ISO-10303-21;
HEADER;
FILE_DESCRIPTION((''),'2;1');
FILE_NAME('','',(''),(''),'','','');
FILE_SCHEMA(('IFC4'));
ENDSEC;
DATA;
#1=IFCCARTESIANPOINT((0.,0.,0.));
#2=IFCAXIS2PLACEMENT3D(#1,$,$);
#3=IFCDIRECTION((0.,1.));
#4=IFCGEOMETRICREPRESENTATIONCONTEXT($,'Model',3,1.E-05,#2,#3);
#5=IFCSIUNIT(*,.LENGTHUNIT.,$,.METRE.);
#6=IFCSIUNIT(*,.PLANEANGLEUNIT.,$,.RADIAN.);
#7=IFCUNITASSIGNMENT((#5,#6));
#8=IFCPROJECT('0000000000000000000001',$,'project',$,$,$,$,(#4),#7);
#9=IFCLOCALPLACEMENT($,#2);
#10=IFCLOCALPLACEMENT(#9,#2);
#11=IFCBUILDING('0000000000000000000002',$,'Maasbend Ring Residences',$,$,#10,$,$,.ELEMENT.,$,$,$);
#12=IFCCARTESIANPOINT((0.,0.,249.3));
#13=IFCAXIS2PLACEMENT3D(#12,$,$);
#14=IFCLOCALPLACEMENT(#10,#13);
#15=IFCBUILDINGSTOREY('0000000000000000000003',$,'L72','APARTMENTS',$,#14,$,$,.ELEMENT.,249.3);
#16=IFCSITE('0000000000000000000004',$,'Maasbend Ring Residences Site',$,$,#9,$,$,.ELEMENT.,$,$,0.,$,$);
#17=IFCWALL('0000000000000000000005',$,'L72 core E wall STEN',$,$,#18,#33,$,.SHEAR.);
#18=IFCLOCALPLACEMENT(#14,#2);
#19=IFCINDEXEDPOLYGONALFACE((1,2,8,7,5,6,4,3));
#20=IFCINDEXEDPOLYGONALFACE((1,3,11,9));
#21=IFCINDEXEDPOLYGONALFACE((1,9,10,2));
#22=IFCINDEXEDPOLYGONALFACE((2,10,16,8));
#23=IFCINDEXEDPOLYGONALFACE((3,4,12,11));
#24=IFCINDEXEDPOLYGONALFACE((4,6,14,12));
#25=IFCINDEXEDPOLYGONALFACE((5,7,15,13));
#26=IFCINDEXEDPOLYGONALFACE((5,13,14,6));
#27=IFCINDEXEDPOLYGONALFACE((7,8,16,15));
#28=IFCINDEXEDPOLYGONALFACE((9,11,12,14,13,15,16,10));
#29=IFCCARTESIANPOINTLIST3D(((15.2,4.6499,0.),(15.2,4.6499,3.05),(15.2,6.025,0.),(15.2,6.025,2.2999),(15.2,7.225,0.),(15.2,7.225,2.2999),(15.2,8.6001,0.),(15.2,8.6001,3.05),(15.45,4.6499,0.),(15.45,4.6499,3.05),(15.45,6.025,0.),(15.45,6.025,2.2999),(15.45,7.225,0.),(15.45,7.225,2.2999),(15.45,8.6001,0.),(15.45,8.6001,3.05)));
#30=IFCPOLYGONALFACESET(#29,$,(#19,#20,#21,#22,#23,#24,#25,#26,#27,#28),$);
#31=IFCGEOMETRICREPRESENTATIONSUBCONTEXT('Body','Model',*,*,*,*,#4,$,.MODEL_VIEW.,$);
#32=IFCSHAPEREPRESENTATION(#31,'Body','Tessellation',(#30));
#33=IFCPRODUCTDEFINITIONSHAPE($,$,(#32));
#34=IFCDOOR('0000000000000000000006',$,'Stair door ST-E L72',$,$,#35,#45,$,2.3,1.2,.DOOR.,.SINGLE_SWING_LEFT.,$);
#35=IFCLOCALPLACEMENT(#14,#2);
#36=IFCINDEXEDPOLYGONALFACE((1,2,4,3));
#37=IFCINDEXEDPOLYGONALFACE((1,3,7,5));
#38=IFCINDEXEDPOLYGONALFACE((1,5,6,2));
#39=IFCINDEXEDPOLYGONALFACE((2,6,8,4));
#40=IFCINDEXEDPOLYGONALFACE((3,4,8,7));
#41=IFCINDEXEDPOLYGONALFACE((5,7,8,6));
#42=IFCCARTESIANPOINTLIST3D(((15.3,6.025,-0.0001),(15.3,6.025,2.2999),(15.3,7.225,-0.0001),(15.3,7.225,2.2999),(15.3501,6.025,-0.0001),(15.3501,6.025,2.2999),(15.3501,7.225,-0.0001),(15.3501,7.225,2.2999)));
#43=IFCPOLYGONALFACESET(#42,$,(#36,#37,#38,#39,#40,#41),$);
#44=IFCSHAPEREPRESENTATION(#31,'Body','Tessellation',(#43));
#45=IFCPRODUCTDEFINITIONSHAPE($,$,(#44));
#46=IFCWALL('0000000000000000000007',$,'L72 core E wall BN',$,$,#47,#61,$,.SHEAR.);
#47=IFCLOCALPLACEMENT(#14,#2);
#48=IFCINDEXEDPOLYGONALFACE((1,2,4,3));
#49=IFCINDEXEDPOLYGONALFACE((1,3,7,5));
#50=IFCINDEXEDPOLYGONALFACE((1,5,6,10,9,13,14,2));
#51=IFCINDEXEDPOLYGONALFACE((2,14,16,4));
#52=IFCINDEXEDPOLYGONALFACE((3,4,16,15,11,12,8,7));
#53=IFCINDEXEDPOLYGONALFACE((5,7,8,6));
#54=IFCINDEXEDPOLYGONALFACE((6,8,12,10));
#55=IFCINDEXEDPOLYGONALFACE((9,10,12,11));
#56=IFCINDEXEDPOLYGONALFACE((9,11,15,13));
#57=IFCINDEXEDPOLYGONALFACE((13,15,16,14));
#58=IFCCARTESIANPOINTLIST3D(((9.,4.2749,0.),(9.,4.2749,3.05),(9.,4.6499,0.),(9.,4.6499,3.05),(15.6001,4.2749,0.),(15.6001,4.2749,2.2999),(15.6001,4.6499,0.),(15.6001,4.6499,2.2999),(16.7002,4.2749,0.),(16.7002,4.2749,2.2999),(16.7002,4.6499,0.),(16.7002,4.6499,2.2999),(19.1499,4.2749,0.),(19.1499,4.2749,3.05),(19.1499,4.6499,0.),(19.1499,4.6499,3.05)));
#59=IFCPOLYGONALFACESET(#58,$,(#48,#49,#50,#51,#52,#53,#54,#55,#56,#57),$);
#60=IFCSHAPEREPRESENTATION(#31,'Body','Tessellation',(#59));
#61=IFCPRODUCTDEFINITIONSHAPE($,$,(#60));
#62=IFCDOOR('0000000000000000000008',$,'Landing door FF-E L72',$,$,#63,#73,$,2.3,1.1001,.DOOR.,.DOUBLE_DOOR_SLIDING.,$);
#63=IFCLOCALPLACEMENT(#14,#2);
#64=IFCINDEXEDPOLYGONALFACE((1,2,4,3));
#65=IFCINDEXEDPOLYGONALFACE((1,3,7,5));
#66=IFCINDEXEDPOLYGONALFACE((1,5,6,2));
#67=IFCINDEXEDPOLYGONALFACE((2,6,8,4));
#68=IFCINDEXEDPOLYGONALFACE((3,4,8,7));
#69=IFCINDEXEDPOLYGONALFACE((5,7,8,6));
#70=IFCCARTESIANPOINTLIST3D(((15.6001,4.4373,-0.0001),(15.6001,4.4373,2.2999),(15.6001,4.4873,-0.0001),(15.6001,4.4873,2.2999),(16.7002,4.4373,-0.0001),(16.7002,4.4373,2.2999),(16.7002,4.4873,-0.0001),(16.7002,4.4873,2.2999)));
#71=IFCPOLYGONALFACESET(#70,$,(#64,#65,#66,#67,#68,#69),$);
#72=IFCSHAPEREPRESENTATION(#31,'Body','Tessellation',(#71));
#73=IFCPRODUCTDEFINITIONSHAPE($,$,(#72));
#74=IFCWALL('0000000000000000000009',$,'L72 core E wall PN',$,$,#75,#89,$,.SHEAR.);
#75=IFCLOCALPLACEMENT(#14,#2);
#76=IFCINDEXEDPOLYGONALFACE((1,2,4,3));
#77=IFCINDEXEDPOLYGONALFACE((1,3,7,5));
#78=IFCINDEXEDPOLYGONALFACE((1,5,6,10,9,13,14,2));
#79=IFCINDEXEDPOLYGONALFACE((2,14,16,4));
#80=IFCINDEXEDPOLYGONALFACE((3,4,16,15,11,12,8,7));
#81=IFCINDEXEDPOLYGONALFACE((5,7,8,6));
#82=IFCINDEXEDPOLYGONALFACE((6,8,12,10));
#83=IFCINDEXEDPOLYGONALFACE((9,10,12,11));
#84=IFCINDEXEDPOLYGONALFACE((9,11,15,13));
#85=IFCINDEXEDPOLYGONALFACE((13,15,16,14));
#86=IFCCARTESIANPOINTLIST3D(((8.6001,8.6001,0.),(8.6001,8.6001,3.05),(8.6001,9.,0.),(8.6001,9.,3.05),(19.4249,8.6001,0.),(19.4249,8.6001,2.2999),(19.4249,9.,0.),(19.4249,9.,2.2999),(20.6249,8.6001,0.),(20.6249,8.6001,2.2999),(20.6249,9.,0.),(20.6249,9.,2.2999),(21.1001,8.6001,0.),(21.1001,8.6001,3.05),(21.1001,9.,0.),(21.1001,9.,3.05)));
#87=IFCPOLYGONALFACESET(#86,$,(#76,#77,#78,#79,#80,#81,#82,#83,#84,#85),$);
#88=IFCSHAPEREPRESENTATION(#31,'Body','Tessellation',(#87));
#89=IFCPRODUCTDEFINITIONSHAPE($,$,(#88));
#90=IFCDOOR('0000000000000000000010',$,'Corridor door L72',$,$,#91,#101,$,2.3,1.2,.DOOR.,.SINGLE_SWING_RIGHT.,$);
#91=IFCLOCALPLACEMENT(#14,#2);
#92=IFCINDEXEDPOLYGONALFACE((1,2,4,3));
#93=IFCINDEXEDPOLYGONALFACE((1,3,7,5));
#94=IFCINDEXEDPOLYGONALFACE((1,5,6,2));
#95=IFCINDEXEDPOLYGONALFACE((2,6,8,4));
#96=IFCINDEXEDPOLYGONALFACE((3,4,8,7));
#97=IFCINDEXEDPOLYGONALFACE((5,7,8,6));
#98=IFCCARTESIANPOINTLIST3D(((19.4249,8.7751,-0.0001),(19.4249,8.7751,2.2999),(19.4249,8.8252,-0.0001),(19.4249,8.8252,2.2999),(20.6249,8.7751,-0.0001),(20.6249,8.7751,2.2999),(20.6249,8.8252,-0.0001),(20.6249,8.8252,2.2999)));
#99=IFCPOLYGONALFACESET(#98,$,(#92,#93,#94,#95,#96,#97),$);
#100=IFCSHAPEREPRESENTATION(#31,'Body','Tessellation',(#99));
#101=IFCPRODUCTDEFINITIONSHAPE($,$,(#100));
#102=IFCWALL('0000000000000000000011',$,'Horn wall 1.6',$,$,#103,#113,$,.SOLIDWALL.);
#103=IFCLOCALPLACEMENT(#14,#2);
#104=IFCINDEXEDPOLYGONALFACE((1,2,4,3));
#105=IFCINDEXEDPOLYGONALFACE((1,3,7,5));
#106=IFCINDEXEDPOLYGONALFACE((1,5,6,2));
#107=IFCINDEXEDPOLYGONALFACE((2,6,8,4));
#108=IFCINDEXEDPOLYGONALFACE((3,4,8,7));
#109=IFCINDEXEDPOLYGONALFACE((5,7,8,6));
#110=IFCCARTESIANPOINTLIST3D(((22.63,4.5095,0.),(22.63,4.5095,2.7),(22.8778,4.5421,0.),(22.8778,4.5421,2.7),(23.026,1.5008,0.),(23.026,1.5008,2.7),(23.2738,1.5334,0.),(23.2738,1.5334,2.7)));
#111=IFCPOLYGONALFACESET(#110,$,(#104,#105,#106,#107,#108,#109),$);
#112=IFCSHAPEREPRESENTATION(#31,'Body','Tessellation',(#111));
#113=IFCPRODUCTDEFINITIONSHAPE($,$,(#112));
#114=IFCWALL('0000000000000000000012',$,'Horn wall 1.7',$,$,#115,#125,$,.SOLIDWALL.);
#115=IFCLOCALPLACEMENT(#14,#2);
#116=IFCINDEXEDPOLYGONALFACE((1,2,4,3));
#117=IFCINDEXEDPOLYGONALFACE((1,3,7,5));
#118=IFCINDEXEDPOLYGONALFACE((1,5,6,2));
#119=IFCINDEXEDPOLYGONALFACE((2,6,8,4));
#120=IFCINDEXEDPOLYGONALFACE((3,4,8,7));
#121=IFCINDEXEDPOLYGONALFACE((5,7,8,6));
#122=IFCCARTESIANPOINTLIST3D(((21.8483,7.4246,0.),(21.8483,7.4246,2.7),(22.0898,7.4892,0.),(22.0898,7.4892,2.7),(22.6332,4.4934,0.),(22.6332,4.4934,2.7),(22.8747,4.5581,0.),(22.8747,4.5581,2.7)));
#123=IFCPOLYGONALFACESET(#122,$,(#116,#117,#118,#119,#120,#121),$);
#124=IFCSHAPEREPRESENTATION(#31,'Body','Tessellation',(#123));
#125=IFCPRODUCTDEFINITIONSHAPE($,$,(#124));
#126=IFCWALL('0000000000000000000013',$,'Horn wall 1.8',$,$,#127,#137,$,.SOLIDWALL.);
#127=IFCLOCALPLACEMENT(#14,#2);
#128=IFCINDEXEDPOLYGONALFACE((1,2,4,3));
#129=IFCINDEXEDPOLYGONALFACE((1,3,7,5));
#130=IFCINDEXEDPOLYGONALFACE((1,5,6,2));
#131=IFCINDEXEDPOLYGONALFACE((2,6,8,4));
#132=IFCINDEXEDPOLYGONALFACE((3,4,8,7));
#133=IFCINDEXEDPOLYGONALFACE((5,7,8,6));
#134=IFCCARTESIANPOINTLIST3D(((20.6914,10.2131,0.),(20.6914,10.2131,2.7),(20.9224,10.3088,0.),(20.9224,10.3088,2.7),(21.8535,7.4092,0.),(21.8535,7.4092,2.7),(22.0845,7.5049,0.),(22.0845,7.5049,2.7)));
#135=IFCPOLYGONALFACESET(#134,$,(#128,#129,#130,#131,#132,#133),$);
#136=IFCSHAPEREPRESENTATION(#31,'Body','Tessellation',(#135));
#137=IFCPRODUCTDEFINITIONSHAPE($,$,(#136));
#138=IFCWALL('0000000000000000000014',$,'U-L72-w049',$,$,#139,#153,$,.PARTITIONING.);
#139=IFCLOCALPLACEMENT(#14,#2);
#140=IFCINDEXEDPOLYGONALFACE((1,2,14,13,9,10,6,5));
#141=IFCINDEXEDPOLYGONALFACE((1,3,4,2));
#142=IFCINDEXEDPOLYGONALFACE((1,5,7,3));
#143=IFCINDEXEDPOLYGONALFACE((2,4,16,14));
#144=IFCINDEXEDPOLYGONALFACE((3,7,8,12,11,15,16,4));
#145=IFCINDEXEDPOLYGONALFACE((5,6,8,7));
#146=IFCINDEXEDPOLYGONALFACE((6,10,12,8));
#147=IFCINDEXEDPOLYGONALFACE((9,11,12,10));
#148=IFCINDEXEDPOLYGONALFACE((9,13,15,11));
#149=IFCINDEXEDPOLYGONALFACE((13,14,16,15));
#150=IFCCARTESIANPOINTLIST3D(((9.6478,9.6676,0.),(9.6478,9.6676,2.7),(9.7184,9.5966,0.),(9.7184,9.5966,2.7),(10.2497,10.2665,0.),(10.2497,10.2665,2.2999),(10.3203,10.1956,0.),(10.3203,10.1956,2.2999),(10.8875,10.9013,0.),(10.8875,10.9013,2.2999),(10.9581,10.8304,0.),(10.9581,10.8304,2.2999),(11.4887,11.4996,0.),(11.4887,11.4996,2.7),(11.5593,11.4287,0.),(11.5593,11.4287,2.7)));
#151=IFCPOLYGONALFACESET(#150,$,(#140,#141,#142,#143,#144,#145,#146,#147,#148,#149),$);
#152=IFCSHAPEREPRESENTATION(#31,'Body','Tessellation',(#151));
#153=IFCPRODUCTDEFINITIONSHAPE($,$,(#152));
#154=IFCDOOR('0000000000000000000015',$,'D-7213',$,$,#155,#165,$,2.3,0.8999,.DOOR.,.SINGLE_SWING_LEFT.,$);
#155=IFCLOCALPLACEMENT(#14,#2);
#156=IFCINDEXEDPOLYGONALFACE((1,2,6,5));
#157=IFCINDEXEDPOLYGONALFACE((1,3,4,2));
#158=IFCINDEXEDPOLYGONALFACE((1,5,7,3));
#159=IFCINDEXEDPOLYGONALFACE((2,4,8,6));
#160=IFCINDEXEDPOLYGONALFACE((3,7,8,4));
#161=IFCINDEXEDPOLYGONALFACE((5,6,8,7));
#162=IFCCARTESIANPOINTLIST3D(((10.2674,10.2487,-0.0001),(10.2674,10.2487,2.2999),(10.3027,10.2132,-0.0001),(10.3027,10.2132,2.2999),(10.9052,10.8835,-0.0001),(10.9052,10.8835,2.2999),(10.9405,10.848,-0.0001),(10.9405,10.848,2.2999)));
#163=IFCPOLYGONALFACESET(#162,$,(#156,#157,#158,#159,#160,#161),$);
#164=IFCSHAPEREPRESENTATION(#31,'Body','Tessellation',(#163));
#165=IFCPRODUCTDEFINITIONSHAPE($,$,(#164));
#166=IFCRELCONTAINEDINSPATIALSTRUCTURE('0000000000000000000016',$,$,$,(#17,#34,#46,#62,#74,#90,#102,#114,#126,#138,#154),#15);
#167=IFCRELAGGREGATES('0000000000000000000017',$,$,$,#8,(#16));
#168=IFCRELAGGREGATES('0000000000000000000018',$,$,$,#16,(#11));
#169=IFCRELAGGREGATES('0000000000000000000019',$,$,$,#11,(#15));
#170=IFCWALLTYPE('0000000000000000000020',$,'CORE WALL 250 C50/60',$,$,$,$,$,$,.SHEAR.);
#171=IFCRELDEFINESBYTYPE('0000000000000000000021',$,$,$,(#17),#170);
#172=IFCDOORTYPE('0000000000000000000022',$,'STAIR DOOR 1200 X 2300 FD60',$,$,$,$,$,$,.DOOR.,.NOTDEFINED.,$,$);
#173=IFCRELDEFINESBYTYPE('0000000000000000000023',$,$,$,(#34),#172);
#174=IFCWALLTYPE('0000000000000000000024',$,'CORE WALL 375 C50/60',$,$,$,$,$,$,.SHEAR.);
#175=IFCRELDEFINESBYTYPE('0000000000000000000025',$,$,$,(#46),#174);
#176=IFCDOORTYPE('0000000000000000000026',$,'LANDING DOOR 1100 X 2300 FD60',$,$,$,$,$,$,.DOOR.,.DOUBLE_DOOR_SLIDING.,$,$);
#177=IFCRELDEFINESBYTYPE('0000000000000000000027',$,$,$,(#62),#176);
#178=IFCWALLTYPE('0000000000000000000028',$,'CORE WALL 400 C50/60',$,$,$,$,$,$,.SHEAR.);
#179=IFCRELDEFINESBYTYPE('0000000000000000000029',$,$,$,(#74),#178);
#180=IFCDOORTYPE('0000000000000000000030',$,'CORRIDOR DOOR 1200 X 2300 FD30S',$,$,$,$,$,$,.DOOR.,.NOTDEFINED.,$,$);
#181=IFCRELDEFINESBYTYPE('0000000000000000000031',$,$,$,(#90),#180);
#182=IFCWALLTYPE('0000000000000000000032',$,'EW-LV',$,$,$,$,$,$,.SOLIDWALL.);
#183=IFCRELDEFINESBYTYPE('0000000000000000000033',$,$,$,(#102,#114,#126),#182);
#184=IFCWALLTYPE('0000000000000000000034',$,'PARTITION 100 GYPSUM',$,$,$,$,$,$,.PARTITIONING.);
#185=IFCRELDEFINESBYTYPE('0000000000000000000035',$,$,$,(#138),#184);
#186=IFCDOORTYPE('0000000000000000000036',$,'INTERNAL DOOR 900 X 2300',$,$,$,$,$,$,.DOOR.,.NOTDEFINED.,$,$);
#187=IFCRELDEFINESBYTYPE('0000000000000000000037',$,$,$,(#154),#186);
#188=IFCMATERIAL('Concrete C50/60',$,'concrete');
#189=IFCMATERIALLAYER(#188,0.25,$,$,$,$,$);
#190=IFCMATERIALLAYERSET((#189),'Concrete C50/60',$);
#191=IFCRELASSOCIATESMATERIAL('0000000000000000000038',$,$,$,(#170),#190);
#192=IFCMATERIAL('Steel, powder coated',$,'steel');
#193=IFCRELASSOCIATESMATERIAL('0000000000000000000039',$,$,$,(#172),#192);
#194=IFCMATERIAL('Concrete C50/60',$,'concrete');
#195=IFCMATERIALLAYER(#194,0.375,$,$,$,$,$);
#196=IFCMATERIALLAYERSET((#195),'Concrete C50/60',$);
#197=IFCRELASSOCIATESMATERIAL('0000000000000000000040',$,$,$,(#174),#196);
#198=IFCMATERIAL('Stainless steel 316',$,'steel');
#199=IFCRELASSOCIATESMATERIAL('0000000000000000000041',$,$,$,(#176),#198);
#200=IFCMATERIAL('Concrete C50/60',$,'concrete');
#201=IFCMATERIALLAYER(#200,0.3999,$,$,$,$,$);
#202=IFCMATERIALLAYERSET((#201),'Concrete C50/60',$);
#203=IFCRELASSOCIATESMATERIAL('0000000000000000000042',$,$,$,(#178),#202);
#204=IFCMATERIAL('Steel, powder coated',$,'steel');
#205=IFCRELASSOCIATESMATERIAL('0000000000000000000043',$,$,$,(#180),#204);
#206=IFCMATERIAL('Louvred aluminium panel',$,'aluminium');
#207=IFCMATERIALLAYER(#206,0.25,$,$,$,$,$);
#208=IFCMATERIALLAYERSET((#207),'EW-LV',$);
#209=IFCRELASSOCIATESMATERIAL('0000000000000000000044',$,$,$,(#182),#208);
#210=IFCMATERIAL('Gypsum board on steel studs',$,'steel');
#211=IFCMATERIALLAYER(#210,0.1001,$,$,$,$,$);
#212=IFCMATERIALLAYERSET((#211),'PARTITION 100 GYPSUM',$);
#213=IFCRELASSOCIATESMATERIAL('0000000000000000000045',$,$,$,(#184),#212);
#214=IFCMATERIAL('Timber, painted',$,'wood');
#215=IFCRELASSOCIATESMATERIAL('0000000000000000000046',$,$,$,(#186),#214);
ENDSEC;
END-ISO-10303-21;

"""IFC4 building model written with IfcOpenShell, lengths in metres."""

from ifc_helpers import new_model, si_unit, direction, frame, frame_2d, origin, place, context, subcontext, project, spatial, rectangle, extrude, material, layer, layer_set, type_object, element, fill, save


model = new_model("IFC4")

# Units and contexts
model_context = context("Model", 3, precision=1e-05, world=origin(), true_north=direction((0.0, 1.0)))
body_context = subcontext(model_context, "Body", "Model", "MODEL_VIEW")
ifc_project = project(units=[si_unit("LENGTHUNIT", "METRE"), si_unit("PLANEANGLEUNIT", "RADIAN")], contexts=[model_context])

# Site, building, storey
site_placement = place(None, origin())
site = spatial("IfcSite", under=ifc_project, at=site_placement, Name="Maasbend Ring Residences Site", CompositionType="ELEMENT", RefElevation=0.0)
building_placement = place(site_placement, origin())
building = spatial("IfcBuilding", under=site, at=building_placement, Name="Maasbend Ring Residences", CompositionType="ELEMENT")
storey_placement = place(building_placement, frame((0.0, 0.0, 249.3)))
storey = spatial("IfcBuildingStorey", under=building, at=storey_placement, Name="L72", Description="APARTMENTS", CompositionType="ELEMENT", Elevation=249.3)

# Shared definitions
ifc_material_1 = material(Name="Concrete C50/60", Category="concrete")
ifc_layer_1 = layer(ifc_material_1, 0.25)
ifc_layer_set_1 = layer_set([ifc_layer_1], Name="Concrete C50/60")
wall_type_1 = type_object("IfcWallType", Name="CORE WALL 250 C50/60", PredefinedType="SHEAR", material=ifc_layer_set_1)

# Walls, openings, doors
wall_1_placement = place(storey_placement, frame((15.325, 4.6499, 0.0), z_axis=(0.0, 0.0, 1.0), x_axis=(0.0, 1.0, 0.0)))
wall_1 = element("IfcWall", 1, at=wall_1_placement, inside=storey, type_object=wall_type_1, Name="L72 core E wall STEN", PredefinedType="SHEAR", context=body_context, shape_type="SweptSolid", body=[
    extrude(rectangle(XDim=3.9502, YDim=0.25, at=frame_2d((1.9751, 0.0))), origin(), (0.0, 0.0, 1.0), 3.05),
])
opening_1_placement = place(wall_1_placement, frame((1.375, 0.0, 0.0)))
opening_1 = element("IfcOpeningElement", 2, at=opening_1_placement, cuts=wall_1, PredefinedType="OPENING", context=body_context, shape_type="SweptSolid", body=[
    extrude(rectangle(XDim=1.2, YDim=2.3, at=frame_2d((0.6001, 1.1499))), frame((0.0, 0.135, 0.0), z_axis=(0.0, -1.0, 0.0), x_axis=(1.0, 0.0, 0.0)), (0.0, 0.0, 1.0), 0.27),
])
ifc_material_2 = material(Name="Steel, powder coated", Category="steel")
door_type_1 = type_object("IfcDoorType", Name="STAIR DOOR 1200 X 2300 FD60", OperationType="NOTDEFINED", PredefinedType="DOOR", material=ifc_material_2)
door_1_placement = place(opening_1_placement, origin())
door_1 = element("IfcDoor", 3, at=door_1_placement, inside=storey, type_object=door_type_1, Name="Stair door ST-E L72", OperationType="SINGLE_SWING_LEFT", OverallHeight=2.3, OverallWidth=1.2, PredefinedType="DOOR", context=body_context, shape_type="SweptSolid", body=[
    extrude(rectangle(XDim=1.2, YDim=2.3, at=frame_2d((0.6001, 1.1499))), frame((0.0, 0.0249, 0.0), z_axis=(0.0, -1.0, 0.0), x_axis=(1.0, 0.0, 0.0)), (0.0, 0.0, 1.0), 0.05),
])
fill(opening_1, door_1)
ifc_material_3 = material(Name="Concrete C50/60", Category="concrete")
ifc_layer_2 = layer(ifc_material_3, 0.375)
ifc_layer_set_2 = layer_set([ifc_layer_2], Name="Concrete C50/60")
wall_type_2 = type_object("IfcWallType", Name="CORE WALL 375 C50/60", PredefinedType="SHEAR", material=ifc_layer_set_2)
wall_2_placement = place(storey_placement, frame((9.0, 4.4624, 0.0), z_axis=(0.0, 0.0, 1.0), x_axis=(1.0, 0.0, 0.0)))
wall_2 = element("IfcWall", 4, at=wall_2_placement, inside=storey, type_object=wall_type_2, Name="L72 core E wall BN", PredefinedType="SHEAR", context=body_context, shape_type="SweptSolid", body=[
    extrude(rectangle(XDim=10.1499, YDim=0.375, at=frame_2d((5.075, 0.0))), origin(), (0.0, 0.0, 1.0), 3.05),
])
opening_2_placement = place(wall_2_placement, frame((6.6001, 0.0, 0.0)))
opening_2 = element("IfcOpeningElement", 5, at=opening_2_placement, cuts=wall_2, PredefinedType="OPENING", context=body_context, shape_type="SweptSolid", body=[
    extrude(rectangle(XDim=1.1001, YDim=2.3, at=frame_2d((0.55, 1.1499))), frame((0.0, 0.1975, 0.0), z_axis=(0.0, -1.0, 0.0), x_axis=(1.0, 0.0, 0.0)), (0.0, 0.0, 1.0), 0.395),
])
ifc_material_4 = material(Name="Stainless steel 316", Category="steel")
door_type_2 = type_object("IfcDoorType", Name="LANDING DOOR 1100 X 2300 FD60", OperationType="DOUBLE_DOOR_SLIDING", PredefinedType="DOOR", material=ifc_material_4)
door_2_placement = place(opening_2_placement, origin())
door_2 = element("IfcDoor", 6, at=door_2_placement, inside=storey, type_object=door_type_2, Name="Landing door FF-E L72", OperationType="DOUBLE_DOOR_SLIDING", OverallHeight=2.3, OverallWidth=1.1001, PredefinedType="DOOR", context=body_context, shape_type="SweptSolid", body=[
    extrude(rectangle(XDim=1.1001, YDim=2.3, at=frame_2d((0.55, 1.1499))), frame((0.0, 0.0249, 0.0), z_axis=(0.0, -1.0, 0.0), x_axis=(1.0, 0.0, 0.0)), (0.0, 0.0, 1.0), 0.05),
])
fill(opening_2, door_2)
ifc_material_5 = material(Name="Concrete C50/60", Category="concrete")
ifc_layer_3 = layer(ifc_material_5, 0.3999)
ifc_layer_set_3 = layer_set([ifc_layer_3], Name="Concrete C50/60")
wall_type_3 = type_object("IfcWallType", Name="CORE WALL 400 C50/60", PredefinedType="SHEAR", material=ifc_layer_set_3)
wall_3_placement = place(storey_placement, frame((21.1001, 8.8, 0.0), z_axis=(0.0, 0.0, 1.0), x_axis=(-1.0, 0.0, 0.0)))
wall_3 = element("IfcWall", 7, at=wall_3_placement, inside=storey, type_object=wall_type_3, Name="L72 core E wall PN", PredefinedType="SHEAR", context=body_context, shape_type="SweptSolid", body=[
    extrude(rectangle(XDim=12.5, YDim=0.3999, at=frame_2d((6.25, 0.0))), origin(), (0.0, 0.0, 1.0), 3.05),
])
opening_3_placement = place(wall_3_placement, frame((0.4751, 0.0, 0.0)))
opening_3 = element("IfcOpeningElement", 8, at=opening_3_placement, cuts=wall_3, PredefinedType="OPENING", context=body_context, shape_type="SweptSolid", body=[
    extrude(rectangle(XDim=1.2, YDim=2.3, at=frame_2d((0.6001, 1.1499))), frame((0.0, 0.21, 0.0), z_axis=(0.0, -1.0, 0.0), x_axis=(1.0, 0.0, 0.0)), (0.0, 0.0, 1.0), 0.4199),
])
ifc_material_6 = material(Name="Steel, powder coated", Category="steel")
door_type_3 = type_object("IfcDoorType", Name="CORRIDOR DOOR 1200 X 2300 FD30S", OperationType="NOTDEFINED", PredefinedType="DOOR", material=ifc_material_6)
door_3_placement = place(opening_3_placement, origin())
door_3 = element("IfcDoor", 9, at=door_3_placement, inside=storey, type_object=door_type_3, Name="Corridor door L72", OperationType="SINGLE_SWING_RIGHT", OverallHeight=2.3, OverallWidth=1.2, PredefinedType="DOOR", context=body_context, shape_type="SweptSolid", body=[
    extrude(rectangle(XDim=1.2, YDim=2.3, at=frame_2d((0.6001, 1.1499))), frame((0.0, 0.0249, 0.0), z_axis=(0.0, -1.0, 0.0), x_axis=(1.0, 0.0, 0.0)), (0.0, 0.0, 1.0), 0.05),
])
fill(opening_3, door_3)

# Walls
ifc_material_7 = material(Name="Louvred aluminium panel", Category="aluminium")
ifc_layer_4 = layer(ifc_material_7, 0.25)
ifc_layer_set_4 = layer_set([ifc_layer_4], Name="EW-LV")
wall_type_4 = type_object("IfcWallType", Name="EW-LV", PredefinedType="SOLIDWALL", material=ifc_layer_set_4)
wall_4_placement = place(storey_placement, frame((23.1499, 1.5171, 0.0), z_axis=(0.0, 0.0, 1.0), x_axis=(-0.130488, 0.99145, 0.0)))
element("IfcWall", 10, at=wall_4_placement, inside=storey, type_object=wall_type_4, Name="Horn wall 1.6", PredefinedType="SOLIDWALL", context=body_context, shape_type="SweptSolid", body=[
    extrude(rectangle(XDim=3.0347, YDim=0.25, at=frame_2d((1.5173, 0.0))), origin(), (0.0, 0.0, 1.0), 2.7),
])
wall_5_placement = place(storey_placement, frame((22.7539, 4.5259, 0.0), z_axis=(0.0, 0.0, 1.0), x_axis=(-0.258669, 0.965966, 0.0)))
element("IfcWall", 11, at=wall_5_placement, inside=storey, type_object=wall_type_4, Name="Horn wall 1.7", PredefinedType="SOLIDWALL", context=body_context, shape_type="SweptSolid", body=[
    extrude(rectangle(XDim=3.0344, YDim=0.25, at=frame_2d((1.5171, 0.0))), origin(), (0.0, 0.0, 1.0), 2.7),
])
wall_6_placement = place(storey_placement, frame((21.969, 7.457, 0.0), z_axis=(0.0, 0.0, 1.0), x_axis=(-0.382873, 0.923801, 0.0)))
element("IfcWall", 12, at=wall_6_placement, inside=storey, type_object=wall_type_4, Name="Horn wall 1.8", PredefinedType="SOLIDWALL", context=body_context, shape_type="SweptSolid", body=[
    extrude(rectangle(XDim=3.0352, YDim=0.25, at=frame_2d((1.5176, 0.0))), origin(), (0.0, 0.0, 1.0), 2.7),
])

# Wall, opening, door
ifc_material_8 = material(Name="Gypsum board on steel studs", Category="steel")
ifc_layer_5 = layer(ifc_material_8, 0.1001)
ifc_layer_set_5 = layer_set([ifc_layer_5], Name="PARTITION 100 GYPSUM")
wall_type_5 = type_object("IfcWallType", Name="PARTITION 100 GYPSUM", PredefinedType="PARTITIONING", material=ifc_layer_set_5)
wall_7_placement = place(storey_placement, frame((9.6831, 9.6321, 0.0), z_axis=(0.0, 0.0, 1.0), x_axis=(0.708797, 0.705413, 0.0)))
wall_7 = element("IfcWall", 13, at=wall_7_placement, inside=storey, type_object=wall_type_5, Name="U-L72-w049", PredefinedType="PARTITIONING", context=body_context, shape_type="SweptSolid", body=[
    extrude(rectangle(XDim=2.5972, YDim=0.1001, at=frame_2d((1.2986, 0.0))), origin(), (0.0, 0.0, 1.0), 2.7),
])
opening_4_placement = place(wall_7_placement, frame((0.8491, 0.0, 0.0)))
opening_4 = element("IfcOpeningElement", 14, at=opening_4_placement, cuts=wall_7, PredefinedType="OPENING", context=body_context, shape_type="SweptSolid", body=[
    extrude(rectangle(XDim=0.8999, YDim=2.3, at=frame_2d((0.45, 1.1499))), frame((0.0, 0.0601, 0.0), z_axis=(0.0, -1.0, 0.0), x_axis=(1.0, 0.0, 0.0)), (0.0, 0.0, 1.0), 0.1201),
])
ifc_material_9 = material(Name="Timber, painted", Category="wood")
door_type_4 = type_object("IfcDoorType", Name="INTERNAL DOOR 900 X 2300", OperationType="NOTDEFINED", PredefinedType="DOOR", material=ifc_material_9)
door_4_placement = place(opening_4_placement, origin())
door_4 = element("IfcDoor", 15, at=door_4_placement, inside=storey, type_object=door_type_4, Name="D-7213", OperationType="SINGLE_SWING_LEFT", OverallHeight=2.3, OverallWidth=0.8999, PredefinedType="DOOR", context=body_context, shape_type="SweptSolid", body=[
    extrude(rectangle(XDim=0.8999, YDim=2.3, at=frame_2d((0.45, 1.1499))), frame((0.0, 0.0249, 0.0), z_axis=(0.0, -1.0, 0.0), x_axis=(1.0, 0.0, 0.0)), (0.0, 0.0, 1.0), 0.05),
])
fill(opening_4, door_4)

save(model, "model.ifc")
